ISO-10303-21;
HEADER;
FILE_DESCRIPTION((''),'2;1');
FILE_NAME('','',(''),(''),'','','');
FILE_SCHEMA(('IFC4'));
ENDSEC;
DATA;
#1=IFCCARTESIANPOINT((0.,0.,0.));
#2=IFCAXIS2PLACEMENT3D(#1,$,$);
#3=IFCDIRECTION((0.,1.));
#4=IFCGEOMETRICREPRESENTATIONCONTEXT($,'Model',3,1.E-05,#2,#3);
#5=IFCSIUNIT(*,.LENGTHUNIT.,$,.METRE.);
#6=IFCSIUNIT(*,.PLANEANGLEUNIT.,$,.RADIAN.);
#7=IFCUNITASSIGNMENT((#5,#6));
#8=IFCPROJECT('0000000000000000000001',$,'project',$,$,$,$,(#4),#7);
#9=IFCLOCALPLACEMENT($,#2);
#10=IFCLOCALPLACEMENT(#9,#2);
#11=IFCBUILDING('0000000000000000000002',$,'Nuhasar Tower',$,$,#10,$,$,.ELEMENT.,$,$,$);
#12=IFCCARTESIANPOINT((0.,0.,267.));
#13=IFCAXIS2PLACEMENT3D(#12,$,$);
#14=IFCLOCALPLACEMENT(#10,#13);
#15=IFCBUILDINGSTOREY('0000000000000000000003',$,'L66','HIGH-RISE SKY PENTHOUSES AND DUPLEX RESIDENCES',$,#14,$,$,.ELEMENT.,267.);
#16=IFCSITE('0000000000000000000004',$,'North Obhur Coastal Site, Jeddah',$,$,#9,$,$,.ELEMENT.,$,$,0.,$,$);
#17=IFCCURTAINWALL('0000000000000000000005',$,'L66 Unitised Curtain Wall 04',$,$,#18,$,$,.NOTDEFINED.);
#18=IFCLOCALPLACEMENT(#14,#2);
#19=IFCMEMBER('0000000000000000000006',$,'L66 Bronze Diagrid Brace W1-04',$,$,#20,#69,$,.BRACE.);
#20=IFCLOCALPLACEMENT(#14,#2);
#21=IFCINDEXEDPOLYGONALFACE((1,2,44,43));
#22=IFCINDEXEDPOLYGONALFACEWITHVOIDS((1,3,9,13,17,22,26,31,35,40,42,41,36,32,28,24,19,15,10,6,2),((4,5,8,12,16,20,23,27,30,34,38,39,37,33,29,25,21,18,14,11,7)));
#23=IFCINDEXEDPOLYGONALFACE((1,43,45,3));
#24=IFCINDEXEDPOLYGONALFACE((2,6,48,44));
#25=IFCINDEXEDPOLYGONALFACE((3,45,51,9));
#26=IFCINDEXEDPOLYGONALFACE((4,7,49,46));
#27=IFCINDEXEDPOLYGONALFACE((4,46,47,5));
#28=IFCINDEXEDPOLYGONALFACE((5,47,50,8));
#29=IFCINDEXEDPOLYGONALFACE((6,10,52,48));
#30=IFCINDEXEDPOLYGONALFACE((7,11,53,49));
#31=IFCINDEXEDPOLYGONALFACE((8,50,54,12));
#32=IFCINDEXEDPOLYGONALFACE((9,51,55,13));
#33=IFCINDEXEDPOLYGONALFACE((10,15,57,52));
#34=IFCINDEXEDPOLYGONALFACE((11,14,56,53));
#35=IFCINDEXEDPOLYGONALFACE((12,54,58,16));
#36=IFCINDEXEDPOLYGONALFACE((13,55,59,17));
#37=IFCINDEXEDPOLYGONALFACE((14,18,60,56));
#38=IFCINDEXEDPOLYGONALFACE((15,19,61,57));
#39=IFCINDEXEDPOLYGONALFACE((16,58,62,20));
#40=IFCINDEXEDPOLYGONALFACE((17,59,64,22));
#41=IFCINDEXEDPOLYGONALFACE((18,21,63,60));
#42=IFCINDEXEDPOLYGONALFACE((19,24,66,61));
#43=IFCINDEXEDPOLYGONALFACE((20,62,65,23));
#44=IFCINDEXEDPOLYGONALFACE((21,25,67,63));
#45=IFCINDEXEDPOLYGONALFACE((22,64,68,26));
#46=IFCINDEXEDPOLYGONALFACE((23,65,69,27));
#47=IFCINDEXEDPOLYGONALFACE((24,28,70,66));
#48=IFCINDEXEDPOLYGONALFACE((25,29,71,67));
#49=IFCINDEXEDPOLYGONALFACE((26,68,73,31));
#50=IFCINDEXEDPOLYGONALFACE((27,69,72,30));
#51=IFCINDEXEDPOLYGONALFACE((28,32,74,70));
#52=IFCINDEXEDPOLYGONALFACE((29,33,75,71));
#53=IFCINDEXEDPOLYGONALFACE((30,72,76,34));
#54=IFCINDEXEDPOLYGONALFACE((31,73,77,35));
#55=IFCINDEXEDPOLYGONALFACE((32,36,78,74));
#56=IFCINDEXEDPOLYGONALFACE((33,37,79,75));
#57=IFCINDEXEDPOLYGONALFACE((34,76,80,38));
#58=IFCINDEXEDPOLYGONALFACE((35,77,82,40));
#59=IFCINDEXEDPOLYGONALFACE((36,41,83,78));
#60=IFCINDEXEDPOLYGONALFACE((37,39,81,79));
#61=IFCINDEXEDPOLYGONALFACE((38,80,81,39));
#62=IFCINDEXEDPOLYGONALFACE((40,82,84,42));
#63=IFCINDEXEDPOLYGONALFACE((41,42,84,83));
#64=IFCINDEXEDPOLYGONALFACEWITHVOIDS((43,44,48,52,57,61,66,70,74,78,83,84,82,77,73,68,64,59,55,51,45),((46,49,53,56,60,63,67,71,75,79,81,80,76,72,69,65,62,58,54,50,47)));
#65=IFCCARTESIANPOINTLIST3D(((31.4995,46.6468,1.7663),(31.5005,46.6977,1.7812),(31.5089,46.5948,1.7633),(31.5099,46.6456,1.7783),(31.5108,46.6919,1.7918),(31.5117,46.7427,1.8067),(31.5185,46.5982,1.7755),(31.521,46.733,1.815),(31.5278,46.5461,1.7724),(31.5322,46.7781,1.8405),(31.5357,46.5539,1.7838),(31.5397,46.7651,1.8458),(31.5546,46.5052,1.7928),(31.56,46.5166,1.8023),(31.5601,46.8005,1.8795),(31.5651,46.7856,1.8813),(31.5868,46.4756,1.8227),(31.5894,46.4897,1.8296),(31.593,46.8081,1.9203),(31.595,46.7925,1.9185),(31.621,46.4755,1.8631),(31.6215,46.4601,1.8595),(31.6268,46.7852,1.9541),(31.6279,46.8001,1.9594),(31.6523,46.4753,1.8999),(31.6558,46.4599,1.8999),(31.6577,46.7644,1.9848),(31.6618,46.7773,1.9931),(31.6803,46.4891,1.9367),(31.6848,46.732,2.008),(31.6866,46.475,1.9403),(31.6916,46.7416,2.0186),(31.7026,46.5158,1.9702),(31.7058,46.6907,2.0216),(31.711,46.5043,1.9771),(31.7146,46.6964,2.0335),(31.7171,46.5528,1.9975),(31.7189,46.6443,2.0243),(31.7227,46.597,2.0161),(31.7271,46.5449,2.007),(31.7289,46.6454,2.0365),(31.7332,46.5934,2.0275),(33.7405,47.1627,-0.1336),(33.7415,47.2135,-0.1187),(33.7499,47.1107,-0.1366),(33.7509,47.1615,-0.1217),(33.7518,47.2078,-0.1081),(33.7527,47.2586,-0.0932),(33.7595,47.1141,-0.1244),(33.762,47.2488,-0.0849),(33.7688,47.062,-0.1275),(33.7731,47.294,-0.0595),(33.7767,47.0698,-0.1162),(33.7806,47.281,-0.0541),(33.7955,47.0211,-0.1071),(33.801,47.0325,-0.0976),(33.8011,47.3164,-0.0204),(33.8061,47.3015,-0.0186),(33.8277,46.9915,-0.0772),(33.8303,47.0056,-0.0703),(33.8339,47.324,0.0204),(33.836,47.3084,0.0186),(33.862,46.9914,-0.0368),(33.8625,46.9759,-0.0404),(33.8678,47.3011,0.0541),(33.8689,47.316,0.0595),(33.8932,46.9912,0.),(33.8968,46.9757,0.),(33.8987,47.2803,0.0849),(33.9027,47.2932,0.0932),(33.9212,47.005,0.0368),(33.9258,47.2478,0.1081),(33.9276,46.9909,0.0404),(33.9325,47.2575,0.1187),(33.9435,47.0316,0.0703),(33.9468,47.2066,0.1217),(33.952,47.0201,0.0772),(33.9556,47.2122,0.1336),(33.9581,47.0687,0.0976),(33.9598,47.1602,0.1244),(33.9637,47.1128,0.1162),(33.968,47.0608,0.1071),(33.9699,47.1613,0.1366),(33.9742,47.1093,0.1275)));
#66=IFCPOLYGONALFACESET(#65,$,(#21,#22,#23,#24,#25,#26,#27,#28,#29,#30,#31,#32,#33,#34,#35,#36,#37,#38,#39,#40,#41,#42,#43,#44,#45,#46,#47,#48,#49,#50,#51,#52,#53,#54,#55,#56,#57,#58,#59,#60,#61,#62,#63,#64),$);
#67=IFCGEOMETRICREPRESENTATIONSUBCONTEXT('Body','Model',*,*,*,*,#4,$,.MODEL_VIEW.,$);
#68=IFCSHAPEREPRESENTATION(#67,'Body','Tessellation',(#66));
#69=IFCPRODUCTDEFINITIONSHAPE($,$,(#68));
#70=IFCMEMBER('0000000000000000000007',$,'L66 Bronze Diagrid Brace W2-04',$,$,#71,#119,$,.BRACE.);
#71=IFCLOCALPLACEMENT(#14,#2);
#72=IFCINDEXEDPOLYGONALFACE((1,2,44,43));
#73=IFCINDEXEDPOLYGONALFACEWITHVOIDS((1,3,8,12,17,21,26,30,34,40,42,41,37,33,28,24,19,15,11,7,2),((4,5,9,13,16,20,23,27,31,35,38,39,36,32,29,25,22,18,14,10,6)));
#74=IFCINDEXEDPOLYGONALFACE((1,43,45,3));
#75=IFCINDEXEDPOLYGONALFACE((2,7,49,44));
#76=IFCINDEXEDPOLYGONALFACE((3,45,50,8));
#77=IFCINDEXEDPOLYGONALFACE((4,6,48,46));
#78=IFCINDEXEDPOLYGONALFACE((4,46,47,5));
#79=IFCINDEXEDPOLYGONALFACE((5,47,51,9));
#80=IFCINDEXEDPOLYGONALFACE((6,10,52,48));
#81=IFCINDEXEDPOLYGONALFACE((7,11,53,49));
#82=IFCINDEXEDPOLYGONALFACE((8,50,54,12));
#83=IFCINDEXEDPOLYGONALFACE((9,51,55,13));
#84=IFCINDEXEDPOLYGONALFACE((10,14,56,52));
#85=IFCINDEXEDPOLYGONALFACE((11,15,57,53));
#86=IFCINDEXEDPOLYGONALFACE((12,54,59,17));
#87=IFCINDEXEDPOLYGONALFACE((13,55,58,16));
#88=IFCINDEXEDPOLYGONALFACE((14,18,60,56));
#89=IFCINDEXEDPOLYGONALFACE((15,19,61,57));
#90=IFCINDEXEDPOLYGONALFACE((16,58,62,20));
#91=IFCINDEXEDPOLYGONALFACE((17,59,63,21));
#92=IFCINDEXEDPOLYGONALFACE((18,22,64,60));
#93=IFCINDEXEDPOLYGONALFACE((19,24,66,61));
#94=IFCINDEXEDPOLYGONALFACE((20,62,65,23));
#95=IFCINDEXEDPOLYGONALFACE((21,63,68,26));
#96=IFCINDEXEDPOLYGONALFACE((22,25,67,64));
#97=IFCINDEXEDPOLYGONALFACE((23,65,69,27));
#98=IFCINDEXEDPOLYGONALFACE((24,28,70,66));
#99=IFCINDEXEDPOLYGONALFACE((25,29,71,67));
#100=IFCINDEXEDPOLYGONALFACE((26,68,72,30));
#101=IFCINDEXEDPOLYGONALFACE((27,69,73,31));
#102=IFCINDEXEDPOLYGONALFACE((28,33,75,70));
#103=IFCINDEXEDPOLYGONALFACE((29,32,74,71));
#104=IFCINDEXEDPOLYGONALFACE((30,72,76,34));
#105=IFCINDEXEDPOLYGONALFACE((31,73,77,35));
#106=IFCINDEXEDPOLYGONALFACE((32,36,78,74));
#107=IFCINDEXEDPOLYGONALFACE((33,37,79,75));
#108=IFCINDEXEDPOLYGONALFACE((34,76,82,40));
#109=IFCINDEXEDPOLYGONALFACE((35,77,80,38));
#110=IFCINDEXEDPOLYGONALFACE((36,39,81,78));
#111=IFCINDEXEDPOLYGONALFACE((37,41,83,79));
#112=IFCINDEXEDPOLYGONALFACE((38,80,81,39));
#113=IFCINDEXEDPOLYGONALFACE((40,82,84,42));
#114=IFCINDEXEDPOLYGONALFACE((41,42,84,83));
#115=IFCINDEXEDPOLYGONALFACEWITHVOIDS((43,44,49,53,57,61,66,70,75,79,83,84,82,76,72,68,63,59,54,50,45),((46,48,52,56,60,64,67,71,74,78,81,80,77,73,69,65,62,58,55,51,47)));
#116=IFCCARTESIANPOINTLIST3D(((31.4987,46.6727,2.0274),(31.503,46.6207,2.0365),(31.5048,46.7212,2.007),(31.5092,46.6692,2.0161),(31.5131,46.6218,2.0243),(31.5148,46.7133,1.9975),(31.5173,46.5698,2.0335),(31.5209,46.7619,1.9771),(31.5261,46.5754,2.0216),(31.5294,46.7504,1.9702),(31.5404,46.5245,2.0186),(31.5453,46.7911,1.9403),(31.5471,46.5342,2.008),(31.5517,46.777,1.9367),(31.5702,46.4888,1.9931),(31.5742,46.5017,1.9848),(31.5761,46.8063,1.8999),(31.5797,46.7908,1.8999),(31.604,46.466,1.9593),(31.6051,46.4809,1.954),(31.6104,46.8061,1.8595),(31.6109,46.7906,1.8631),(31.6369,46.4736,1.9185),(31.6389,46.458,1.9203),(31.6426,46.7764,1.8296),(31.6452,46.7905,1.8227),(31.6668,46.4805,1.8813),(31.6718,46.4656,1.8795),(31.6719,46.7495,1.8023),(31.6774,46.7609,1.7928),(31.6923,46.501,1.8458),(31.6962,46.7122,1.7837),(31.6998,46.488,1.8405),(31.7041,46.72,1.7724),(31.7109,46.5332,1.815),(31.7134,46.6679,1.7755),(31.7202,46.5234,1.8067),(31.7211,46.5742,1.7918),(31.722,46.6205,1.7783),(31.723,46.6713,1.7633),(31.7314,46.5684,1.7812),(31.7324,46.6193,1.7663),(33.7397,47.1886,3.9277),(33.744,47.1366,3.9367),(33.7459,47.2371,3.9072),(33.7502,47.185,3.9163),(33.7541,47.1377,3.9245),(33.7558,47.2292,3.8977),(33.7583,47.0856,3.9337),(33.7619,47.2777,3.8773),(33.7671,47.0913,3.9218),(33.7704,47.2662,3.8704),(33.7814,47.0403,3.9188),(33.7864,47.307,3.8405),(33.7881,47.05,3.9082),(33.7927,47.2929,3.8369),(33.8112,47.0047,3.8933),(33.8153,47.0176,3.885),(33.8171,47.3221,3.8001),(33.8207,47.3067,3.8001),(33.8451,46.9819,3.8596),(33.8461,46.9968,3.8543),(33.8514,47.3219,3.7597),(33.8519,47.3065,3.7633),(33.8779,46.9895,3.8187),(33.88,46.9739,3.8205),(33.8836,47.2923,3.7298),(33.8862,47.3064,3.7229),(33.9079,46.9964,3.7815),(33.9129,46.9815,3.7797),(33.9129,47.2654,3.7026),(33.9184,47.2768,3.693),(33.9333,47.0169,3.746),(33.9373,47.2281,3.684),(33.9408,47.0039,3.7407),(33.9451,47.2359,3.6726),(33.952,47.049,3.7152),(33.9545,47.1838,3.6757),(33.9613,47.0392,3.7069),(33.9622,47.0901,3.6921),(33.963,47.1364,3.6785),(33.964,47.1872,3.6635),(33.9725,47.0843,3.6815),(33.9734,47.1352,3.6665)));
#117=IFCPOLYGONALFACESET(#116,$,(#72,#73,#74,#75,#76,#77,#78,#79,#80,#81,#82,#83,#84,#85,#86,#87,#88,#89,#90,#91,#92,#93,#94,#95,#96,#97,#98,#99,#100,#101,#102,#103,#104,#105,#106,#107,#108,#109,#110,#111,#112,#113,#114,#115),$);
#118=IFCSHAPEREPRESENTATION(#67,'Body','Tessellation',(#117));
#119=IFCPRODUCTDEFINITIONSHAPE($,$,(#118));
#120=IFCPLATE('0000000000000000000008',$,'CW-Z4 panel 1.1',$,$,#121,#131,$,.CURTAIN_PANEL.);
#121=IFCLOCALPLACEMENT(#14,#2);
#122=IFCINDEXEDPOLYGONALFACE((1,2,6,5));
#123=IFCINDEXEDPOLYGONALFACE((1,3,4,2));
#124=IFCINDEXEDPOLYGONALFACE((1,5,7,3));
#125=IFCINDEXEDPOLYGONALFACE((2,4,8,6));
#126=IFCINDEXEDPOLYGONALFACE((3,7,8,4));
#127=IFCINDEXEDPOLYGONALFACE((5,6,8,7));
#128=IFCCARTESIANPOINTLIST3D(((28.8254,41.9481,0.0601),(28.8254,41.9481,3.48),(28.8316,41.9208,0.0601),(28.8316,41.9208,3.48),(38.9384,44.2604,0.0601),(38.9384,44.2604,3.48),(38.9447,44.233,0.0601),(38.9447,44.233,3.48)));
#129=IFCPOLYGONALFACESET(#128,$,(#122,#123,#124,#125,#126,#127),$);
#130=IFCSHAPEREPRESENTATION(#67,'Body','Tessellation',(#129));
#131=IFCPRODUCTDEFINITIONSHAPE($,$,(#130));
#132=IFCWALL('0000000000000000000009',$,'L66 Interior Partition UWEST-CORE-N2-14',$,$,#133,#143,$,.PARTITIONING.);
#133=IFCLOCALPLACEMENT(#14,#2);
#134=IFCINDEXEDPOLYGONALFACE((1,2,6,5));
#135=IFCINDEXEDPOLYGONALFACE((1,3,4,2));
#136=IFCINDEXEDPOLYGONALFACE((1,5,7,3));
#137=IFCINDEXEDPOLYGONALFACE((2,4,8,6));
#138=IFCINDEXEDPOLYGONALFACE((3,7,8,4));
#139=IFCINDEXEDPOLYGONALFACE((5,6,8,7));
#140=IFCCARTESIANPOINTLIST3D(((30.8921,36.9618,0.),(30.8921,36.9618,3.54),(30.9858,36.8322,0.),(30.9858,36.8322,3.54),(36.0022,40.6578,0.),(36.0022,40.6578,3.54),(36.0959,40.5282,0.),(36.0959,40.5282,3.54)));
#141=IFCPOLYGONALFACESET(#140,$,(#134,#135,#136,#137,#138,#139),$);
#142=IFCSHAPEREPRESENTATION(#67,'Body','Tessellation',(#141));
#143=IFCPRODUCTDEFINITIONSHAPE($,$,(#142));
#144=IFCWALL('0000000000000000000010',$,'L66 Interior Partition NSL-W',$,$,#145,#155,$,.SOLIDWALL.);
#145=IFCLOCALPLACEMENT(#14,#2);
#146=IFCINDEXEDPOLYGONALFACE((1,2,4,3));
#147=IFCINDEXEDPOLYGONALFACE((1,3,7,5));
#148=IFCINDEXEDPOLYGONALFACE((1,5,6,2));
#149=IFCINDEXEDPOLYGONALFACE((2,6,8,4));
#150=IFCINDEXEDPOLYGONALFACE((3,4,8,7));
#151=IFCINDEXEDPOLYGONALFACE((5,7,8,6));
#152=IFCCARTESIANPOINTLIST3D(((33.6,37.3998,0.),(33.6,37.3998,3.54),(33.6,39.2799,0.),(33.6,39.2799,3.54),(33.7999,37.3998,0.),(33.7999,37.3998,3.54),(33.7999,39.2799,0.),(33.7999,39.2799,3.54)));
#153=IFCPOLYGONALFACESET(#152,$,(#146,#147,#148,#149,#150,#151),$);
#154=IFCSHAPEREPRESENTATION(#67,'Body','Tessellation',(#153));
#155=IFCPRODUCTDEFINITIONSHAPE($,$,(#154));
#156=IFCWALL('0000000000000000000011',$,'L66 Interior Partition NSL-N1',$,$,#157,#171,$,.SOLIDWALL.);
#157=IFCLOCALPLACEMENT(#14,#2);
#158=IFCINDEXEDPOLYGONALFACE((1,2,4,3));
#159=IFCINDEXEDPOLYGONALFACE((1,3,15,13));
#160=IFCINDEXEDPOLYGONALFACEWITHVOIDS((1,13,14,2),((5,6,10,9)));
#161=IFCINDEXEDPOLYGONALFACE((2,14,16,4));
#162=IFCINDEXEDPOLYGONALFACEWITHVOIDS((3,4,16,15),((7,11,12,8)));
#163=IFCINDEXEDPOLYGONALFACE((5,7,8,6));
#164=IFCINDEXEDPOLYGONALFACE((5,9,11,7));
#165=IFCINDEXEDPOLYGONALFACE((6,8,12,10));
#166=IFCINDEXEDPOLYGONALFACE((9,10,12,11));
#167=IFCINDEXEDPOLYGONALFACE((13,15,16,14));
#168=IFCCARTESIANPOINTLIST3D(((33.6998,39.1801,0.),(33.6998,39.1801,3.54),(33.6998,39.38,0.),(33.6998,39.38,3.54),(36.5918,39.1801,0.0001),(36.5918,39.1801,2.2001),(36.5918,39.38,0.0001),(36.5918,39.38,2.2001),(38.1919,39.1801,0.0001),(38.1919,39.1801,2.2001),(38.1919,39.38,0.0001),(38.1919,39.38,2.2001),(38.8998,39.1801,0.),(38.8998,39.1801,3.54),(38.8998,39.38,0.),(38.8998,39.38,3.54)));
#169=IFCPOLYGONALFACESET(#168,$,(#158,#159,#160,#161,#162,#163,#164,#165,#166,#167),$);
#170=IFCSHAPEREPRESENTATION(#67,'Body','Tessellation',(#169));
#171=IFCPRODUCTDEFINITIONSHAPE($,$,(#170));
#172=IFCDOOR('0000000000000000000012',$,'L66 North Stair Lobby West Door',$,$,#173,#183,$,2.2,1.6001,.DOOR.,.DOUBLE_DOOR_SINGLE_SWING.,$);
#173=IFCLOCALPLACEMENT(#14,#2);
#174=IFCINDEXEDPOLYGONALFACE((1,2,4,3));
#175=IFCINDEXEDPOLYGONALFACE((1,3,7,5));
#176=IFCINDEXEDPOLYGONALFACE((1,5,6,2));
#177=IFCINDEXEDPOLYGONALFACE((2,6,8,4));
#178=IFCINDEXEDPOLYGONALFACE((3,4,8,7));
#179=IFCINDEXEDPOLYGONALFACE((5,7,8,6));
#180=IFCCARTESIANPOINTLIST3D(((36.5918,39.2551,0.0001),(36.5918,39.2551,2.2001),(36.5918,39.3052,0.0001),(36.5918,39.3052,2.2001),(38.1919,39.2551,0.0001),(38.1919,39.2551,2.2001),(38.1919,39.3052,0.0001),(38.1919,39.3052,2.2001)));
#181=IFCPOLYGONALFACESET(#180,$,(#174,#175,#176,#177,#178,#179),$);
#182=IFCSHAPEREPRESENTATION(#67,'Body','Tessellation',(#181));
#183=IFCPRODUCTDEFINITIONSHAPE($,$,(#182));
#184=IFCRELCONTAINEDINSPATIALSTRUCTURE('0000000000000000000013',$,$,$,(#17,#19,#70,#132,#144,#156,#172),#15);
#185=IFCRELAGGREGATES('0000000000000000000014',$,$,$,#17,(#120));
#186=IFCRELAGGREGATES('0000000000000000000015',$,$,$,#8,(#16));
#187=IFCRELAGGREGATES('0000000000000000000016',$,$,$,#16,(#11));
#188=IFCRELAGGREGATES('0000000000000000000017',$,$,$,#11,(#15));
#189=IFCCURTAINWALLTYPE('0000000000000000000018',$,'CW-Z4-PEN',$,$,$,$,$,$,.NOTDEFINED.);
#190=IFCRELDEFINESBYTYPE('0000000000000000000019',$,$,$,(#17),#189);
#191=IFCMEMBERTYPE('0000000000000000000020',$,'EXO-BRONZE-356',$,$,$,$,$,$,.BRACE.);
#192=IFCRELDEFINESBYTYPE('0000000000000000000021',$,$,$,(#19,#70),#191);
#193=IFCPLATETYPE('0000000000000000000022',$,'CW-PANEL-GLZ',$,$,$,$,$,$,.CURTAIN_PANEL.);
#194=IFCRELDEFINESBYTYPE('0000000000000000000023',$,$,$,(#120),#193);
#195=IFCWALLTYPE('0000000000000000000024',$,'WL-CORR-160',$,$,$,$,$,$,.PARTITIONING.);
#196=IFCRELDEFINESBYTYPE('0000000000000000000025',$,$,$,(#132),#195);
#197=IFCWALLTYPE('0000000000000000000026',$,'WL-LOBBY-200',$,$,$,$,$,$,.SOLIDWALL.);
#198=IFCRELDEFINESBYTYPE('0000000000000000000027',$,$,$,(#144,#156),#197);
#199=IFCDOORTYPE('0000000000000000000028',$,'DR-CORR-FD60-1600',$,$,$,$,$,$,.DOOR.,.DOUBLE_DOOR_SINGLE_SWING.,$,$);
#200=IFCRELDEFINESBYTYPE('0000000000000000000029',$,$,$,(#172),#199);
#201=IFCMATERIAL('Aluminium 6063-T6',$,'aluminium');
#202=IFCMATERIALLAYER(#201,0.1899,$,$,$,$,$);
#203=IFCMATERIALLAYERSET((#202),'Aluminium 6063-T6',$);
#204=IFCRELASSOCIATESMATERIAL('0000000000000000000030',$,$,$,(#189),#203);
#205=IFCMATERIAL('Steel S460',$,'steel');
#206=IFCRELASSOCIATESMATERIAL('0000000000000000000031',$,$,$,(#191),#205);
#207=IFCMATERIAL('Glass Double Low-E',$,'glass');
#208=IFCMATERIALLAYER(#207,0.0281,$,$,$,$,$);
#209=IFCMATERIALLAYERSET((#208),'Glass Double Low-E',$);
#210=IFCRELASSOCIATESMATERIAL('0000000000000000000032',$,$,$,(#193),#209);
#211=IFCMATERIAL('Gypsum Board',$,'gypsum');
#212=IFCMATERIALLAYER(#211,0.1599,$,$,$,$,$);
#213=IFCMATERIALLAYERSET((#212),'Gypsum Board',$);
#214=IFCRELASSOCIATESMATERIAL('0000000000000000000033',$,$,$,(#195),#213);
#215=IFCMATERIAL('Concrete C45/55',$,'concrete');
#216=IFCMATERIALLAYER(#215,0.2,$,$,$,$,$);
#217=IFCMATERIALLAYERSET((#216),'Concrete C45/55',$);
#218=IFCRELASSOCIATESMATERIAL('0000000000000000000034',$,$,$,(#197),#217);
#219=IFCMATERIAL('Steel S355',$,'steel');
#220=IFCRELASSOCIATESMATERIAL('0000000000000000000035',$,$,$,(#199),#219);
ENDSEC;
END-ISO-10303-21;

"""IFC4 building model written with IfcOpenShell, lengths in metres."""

from ifc_helpers import new_model, si_unit, direction, frame, frame_2d, origin, origin_2d, place, context, subcontext, project, spatial, rectangle, hollow_circle, extrude, material, layer, layer_set, material_profile, profile_set, type_object, element, fill, aggregate, save


model = new_model("IFC4")

# Units and contexts
model_context = context("Model", 3, precision=1e-05, world=origin(), true_north=direction((0.0, 1.0)))
body_context = subcontext(model_context, "Body", "Model", "MODEL_VIEW")
ifc_project = project(units=[si_unit("LENGTHUNIT", "METRE"), si_unit("PLANEANGLEUNIT", "RADIAN")], contexts=[model_context])

# Site, building, storey
site_placement = place(None, origin())
site = spatial("IfcSite", under=ifc_project, at=site_placement, Name="North Obhur Coastal Site, Jeddah", CompositionType="ELEMENT", RefElevation=0.0)
building_placement = place(site_placement, origin())
building = spatial("IfcBuilding", under=site, at=building_placement, Name="Nuhasar Tower", CompositionType="ELEMENT")
storey_placement = place(building_placement, frame((0.0, 0.0, 267.0)))
storey = spatial("IfcBuildingStorey", under=building, at=storey_placement, Name="L66", Description="HIGH-RISE SKY PENTHOUSES AND DUPLEX RESIDENCES", CompositionType="ELEMENT", Elevation=267.0)

# Shared definitions
ifc_material_1 = material(Name="Steel S355", Category="steel")

# Curtain wall
ifc_material_2 = material(Name="Aluminium 6063-T6", Category="aluminium")
ifc_layer_1 = layer(ifc_material_2, 0.1899)
ifc_layer_set_1 = layer_set([ifc_layer_1], Name="Aluminium 6063-T6")
curtain_wall_type = type_object("IfcCurtainWallType", Name="CW-Z4-PEN", PredefinedType="NOTDEFINED", material=ifc_layer_set_1)
curtain_wall_placement = place(storey_placement, origin())
curtain_wall = element("IfcCurtainWall", 1, at=curtain_wall_placement, inside=storey, type_object=curtain_wall_type, Name="L66 Unitised Curtain Wall 04", PredefinedType="NOTDEFINED")

# Members
ifc_material_3 = material(Name="Steel S460", Category="steel")
ifc_material_profile_1 = material_profile(ifc_material_3, hollow_circle(Radius=0.1777, WallThickness=0.0159, at=origin_2d()), Name="HSS355.6X15.9")
ifc_profile_set_1 = profile_set([ifc_material_profile_1], Name="Steel S460")
member_type_1 = type_object("IfcMemberType", Name="EXO-BRONZE-356", PredefinedType="BRACE", material=ifc_profile_set_1)
member_1_placement = place(storey_placement, frame((33.8569, 47.1489, 0.0), z_axis=(-0.751272, -0.172942, 0.636932), x_axis=(0.224332, -0.974513, 0.0)))
element("IfcMember", 2, at=member_1_placement, inside=storey, type_object=member_type_1, Name="L66 Bronze Diagrid Brace W1-04", PredefinedType="BRACE", context=body_context, shape_type="SweptSolid", body=[
    extrude(hollow_circle(Radius=0.1777, WallThickness=0.0159, at=origin_2d()), origin(), (0.0, 0.0, 1.0), 2.9829),
])
member_2_placement = place(storey_placement, frame((31.616, 46.6331, 1.8999), z_axis=(0.751232, 0.172933, 0.63698), x_axis=(-0.224332, 0.974513, 0.0)))
element("IfcMember", 3, at=member_2_placement, inside=storey, type_object=member_type_1, Name="L66 Bronze Diagrid Brace W2-04", PredefinedType="BRACE", context=body_context, shape_type="SweptSolid", body=[
    extrude(hollow_circle(Radius=0.1777, WallThickness=0.0159, at=origin_2d()), origin(), (0.0, 0.0, 1.0), 2.9832),
])

# Plate
ifc_material_4 = material(Name="Glass Double Low-E", Category="glass")
ifc_layer_2 = layer(ifc_material_4, 0.0281)
ifc_layer_set_2 = layer_set([ifc_layer_2], Name="Glass Double Low-E")
plate_type = type_object("IfcPlateType", Name="CW-PANEL-GLZ", PredefinedType="CURTAIN_PANEL", material=ifc_layer_set_2)
plate_placement = place(storey_placement, frame((33.885, 43.0906, 0.0601), z_axis=(0.0, 0.0, 1.0), x_axis=(-0.974844, -0.222889, 0.0)))
plate = element("IfcPlate", 4, at=plate_placement, type_object=plate_type, Name="CW-Z4 panel 1.1", PredefinedType="CURTAIN_PANEL", context=body_context, shape_type="SweptSolid", body=[
    extrude(rectangle(XDim=10.374, YDim=0.0281, at=origin_2d()), origin(), (0.0, 0.0, 1.0), 3.4199),
])
aggregate(curtain_wall, [plate])

# Walls
ifc_material_5 = material(Name="Gypsum Board", Category="gypsum")
ifc_layer_3 = layer(ifc_material_5, 0.1599)
ifc_layer_set_3 = layer_set([ifc_layer_3], Name="Gypsum Board")
wall_type_1 = type_object("IfcWallType", Name="WL-CORR-160", PredefinedType="PARTITIONING", material=ifc_layer_set_3)
wall_1_placement = place(storey_placement, frame((36.0491, 40.593, 0.0), z_axis=(0.0, 0.0, 1.0), x_axis=(-0.810272, -0.586054, 0.0)))
element("IfcWall", 5, at=wall_1_placement, inside=storey, type_object=wall_type_1, Name="L66 Interior Partition UWEST-CORE-N2-14", PredefinedType="PARTITIONING", context=body_context, shape_type="SweptSolid", body=[
    extrude(rectangle(XDim=6.3066, YDim=0.1599, at=frame_2d((3.1533, 0.0))), origin(), (0.0, 0.0, 1.0), 3.54),
])
ifc_material_6 = material(Name="Concrete C45/55", Category="concrete")
ifc_layer_4 = layer(ifc_material_6, 0.2)
ifc_layer_set_4 = layer_set([ifc_layer_4], Name="Concrete C45/55")
wall_type_2 = type_object("IfcWallType", Name="WL-LOBBY-200", PredefinedType="SOLIDWALL", material=ifc_layer_set_4)
wall_2_placement = place(storey_placement, frame((33.7, 37.3999, 0.0), z_axis=(0.0, 0.0, 1.0), x_axis=(0.0, 1.0, 0.0)))
element("IfcWall", 6, at=wall_2_placement, inside=storey, type_object=wall_type_2, Name="L66 Interior Partition NSL-W", PredefinedType="SOLIDWALL", context=body_context, shape_type="SweptSolid", body=[
    extrude(rectangle(XDim=1.8801, YDim=0.2, at=frame_2d((0.9399, 0.0))), origin(), (0.0, 0.0, 1.0), 3.54),
])

# Wall, opening, door
wall_3_placement = place(storey_placement, frame((38.8999, 39.28, 0.0), z_axis=(0.0, 0.0, 1.0), x_axis=(-1.0, 0.0, 0.0)))
wall_3 = element("IfcWall", 7, at=wall_3_placement, inside=storey, type_object=wall_type_2, Name="L66 Interior Partition NSL-N1", PredefinedType="SOLIDWALL", context=body_context, shape_type="SweptSolid", body=[
    extrude(rectangle(XDim=5.2, YDim=0.2, at=frame_2d((2.6001, 0.0))), origin(), (0.0, 0.0, 1.0), 3.54),
])
opening_1_placement = place(wall_3_placement, frame((0.708, 0.0, 0.0)))
opening_1 = element("IfcOpeningElement", 8, at=opening_1_placement, cuts=wall_3, PredefinedType="OPENING", context=body_context, shape_type="SweptSolid", body=[
    extrude(rectangle(XDim=1.6001, YDim=2.2, at=frame_2d((0.8, 1.1001))), frame((0.0, 0.1099, 0.0), z_axis=(0.0, -1.0, 0.0), x_axis=(1.0, 0.0, 0.0)), (0.0, 0.0, 1.0), 0.22),
])
door_type_1 = type_object("IfcDoorType", Name="DR-CORR-FD60-1600", OperationType="DOUBLE_DOOR_SINGLE_SWING", PredefinedType="DOOR", material=ifc_material_1)
door_1_placement = place(opening_1_placement, origin())
door_1 = element("IfcDoor", 9, at=door_1_placement, inside=storey, type_object=door_type_1, Name="L66 North Stair Lobby West Door", OperationType="DOUBLE_DOOR_SINGLE_SWING", OverallHeight=2.2, OverallWidth=1.6001, PredefinedType="DOOR", context=body_context, shape_type="SweptSolid", body=[
    extrude(rectangle(XDim=1.6001, YDim=2.2, at=frame_2d((0.8, 1.1001))), frame((0.0, 0.0249, 0.0), z_axis=(0.0, -1.0, 0.0), x_axis=(1.0, 0.0, 0.0)), (0.0, 0.0, 1.0), 0.05),
])
fill(opening_1, door_1)

save(model, "model.ifc")
